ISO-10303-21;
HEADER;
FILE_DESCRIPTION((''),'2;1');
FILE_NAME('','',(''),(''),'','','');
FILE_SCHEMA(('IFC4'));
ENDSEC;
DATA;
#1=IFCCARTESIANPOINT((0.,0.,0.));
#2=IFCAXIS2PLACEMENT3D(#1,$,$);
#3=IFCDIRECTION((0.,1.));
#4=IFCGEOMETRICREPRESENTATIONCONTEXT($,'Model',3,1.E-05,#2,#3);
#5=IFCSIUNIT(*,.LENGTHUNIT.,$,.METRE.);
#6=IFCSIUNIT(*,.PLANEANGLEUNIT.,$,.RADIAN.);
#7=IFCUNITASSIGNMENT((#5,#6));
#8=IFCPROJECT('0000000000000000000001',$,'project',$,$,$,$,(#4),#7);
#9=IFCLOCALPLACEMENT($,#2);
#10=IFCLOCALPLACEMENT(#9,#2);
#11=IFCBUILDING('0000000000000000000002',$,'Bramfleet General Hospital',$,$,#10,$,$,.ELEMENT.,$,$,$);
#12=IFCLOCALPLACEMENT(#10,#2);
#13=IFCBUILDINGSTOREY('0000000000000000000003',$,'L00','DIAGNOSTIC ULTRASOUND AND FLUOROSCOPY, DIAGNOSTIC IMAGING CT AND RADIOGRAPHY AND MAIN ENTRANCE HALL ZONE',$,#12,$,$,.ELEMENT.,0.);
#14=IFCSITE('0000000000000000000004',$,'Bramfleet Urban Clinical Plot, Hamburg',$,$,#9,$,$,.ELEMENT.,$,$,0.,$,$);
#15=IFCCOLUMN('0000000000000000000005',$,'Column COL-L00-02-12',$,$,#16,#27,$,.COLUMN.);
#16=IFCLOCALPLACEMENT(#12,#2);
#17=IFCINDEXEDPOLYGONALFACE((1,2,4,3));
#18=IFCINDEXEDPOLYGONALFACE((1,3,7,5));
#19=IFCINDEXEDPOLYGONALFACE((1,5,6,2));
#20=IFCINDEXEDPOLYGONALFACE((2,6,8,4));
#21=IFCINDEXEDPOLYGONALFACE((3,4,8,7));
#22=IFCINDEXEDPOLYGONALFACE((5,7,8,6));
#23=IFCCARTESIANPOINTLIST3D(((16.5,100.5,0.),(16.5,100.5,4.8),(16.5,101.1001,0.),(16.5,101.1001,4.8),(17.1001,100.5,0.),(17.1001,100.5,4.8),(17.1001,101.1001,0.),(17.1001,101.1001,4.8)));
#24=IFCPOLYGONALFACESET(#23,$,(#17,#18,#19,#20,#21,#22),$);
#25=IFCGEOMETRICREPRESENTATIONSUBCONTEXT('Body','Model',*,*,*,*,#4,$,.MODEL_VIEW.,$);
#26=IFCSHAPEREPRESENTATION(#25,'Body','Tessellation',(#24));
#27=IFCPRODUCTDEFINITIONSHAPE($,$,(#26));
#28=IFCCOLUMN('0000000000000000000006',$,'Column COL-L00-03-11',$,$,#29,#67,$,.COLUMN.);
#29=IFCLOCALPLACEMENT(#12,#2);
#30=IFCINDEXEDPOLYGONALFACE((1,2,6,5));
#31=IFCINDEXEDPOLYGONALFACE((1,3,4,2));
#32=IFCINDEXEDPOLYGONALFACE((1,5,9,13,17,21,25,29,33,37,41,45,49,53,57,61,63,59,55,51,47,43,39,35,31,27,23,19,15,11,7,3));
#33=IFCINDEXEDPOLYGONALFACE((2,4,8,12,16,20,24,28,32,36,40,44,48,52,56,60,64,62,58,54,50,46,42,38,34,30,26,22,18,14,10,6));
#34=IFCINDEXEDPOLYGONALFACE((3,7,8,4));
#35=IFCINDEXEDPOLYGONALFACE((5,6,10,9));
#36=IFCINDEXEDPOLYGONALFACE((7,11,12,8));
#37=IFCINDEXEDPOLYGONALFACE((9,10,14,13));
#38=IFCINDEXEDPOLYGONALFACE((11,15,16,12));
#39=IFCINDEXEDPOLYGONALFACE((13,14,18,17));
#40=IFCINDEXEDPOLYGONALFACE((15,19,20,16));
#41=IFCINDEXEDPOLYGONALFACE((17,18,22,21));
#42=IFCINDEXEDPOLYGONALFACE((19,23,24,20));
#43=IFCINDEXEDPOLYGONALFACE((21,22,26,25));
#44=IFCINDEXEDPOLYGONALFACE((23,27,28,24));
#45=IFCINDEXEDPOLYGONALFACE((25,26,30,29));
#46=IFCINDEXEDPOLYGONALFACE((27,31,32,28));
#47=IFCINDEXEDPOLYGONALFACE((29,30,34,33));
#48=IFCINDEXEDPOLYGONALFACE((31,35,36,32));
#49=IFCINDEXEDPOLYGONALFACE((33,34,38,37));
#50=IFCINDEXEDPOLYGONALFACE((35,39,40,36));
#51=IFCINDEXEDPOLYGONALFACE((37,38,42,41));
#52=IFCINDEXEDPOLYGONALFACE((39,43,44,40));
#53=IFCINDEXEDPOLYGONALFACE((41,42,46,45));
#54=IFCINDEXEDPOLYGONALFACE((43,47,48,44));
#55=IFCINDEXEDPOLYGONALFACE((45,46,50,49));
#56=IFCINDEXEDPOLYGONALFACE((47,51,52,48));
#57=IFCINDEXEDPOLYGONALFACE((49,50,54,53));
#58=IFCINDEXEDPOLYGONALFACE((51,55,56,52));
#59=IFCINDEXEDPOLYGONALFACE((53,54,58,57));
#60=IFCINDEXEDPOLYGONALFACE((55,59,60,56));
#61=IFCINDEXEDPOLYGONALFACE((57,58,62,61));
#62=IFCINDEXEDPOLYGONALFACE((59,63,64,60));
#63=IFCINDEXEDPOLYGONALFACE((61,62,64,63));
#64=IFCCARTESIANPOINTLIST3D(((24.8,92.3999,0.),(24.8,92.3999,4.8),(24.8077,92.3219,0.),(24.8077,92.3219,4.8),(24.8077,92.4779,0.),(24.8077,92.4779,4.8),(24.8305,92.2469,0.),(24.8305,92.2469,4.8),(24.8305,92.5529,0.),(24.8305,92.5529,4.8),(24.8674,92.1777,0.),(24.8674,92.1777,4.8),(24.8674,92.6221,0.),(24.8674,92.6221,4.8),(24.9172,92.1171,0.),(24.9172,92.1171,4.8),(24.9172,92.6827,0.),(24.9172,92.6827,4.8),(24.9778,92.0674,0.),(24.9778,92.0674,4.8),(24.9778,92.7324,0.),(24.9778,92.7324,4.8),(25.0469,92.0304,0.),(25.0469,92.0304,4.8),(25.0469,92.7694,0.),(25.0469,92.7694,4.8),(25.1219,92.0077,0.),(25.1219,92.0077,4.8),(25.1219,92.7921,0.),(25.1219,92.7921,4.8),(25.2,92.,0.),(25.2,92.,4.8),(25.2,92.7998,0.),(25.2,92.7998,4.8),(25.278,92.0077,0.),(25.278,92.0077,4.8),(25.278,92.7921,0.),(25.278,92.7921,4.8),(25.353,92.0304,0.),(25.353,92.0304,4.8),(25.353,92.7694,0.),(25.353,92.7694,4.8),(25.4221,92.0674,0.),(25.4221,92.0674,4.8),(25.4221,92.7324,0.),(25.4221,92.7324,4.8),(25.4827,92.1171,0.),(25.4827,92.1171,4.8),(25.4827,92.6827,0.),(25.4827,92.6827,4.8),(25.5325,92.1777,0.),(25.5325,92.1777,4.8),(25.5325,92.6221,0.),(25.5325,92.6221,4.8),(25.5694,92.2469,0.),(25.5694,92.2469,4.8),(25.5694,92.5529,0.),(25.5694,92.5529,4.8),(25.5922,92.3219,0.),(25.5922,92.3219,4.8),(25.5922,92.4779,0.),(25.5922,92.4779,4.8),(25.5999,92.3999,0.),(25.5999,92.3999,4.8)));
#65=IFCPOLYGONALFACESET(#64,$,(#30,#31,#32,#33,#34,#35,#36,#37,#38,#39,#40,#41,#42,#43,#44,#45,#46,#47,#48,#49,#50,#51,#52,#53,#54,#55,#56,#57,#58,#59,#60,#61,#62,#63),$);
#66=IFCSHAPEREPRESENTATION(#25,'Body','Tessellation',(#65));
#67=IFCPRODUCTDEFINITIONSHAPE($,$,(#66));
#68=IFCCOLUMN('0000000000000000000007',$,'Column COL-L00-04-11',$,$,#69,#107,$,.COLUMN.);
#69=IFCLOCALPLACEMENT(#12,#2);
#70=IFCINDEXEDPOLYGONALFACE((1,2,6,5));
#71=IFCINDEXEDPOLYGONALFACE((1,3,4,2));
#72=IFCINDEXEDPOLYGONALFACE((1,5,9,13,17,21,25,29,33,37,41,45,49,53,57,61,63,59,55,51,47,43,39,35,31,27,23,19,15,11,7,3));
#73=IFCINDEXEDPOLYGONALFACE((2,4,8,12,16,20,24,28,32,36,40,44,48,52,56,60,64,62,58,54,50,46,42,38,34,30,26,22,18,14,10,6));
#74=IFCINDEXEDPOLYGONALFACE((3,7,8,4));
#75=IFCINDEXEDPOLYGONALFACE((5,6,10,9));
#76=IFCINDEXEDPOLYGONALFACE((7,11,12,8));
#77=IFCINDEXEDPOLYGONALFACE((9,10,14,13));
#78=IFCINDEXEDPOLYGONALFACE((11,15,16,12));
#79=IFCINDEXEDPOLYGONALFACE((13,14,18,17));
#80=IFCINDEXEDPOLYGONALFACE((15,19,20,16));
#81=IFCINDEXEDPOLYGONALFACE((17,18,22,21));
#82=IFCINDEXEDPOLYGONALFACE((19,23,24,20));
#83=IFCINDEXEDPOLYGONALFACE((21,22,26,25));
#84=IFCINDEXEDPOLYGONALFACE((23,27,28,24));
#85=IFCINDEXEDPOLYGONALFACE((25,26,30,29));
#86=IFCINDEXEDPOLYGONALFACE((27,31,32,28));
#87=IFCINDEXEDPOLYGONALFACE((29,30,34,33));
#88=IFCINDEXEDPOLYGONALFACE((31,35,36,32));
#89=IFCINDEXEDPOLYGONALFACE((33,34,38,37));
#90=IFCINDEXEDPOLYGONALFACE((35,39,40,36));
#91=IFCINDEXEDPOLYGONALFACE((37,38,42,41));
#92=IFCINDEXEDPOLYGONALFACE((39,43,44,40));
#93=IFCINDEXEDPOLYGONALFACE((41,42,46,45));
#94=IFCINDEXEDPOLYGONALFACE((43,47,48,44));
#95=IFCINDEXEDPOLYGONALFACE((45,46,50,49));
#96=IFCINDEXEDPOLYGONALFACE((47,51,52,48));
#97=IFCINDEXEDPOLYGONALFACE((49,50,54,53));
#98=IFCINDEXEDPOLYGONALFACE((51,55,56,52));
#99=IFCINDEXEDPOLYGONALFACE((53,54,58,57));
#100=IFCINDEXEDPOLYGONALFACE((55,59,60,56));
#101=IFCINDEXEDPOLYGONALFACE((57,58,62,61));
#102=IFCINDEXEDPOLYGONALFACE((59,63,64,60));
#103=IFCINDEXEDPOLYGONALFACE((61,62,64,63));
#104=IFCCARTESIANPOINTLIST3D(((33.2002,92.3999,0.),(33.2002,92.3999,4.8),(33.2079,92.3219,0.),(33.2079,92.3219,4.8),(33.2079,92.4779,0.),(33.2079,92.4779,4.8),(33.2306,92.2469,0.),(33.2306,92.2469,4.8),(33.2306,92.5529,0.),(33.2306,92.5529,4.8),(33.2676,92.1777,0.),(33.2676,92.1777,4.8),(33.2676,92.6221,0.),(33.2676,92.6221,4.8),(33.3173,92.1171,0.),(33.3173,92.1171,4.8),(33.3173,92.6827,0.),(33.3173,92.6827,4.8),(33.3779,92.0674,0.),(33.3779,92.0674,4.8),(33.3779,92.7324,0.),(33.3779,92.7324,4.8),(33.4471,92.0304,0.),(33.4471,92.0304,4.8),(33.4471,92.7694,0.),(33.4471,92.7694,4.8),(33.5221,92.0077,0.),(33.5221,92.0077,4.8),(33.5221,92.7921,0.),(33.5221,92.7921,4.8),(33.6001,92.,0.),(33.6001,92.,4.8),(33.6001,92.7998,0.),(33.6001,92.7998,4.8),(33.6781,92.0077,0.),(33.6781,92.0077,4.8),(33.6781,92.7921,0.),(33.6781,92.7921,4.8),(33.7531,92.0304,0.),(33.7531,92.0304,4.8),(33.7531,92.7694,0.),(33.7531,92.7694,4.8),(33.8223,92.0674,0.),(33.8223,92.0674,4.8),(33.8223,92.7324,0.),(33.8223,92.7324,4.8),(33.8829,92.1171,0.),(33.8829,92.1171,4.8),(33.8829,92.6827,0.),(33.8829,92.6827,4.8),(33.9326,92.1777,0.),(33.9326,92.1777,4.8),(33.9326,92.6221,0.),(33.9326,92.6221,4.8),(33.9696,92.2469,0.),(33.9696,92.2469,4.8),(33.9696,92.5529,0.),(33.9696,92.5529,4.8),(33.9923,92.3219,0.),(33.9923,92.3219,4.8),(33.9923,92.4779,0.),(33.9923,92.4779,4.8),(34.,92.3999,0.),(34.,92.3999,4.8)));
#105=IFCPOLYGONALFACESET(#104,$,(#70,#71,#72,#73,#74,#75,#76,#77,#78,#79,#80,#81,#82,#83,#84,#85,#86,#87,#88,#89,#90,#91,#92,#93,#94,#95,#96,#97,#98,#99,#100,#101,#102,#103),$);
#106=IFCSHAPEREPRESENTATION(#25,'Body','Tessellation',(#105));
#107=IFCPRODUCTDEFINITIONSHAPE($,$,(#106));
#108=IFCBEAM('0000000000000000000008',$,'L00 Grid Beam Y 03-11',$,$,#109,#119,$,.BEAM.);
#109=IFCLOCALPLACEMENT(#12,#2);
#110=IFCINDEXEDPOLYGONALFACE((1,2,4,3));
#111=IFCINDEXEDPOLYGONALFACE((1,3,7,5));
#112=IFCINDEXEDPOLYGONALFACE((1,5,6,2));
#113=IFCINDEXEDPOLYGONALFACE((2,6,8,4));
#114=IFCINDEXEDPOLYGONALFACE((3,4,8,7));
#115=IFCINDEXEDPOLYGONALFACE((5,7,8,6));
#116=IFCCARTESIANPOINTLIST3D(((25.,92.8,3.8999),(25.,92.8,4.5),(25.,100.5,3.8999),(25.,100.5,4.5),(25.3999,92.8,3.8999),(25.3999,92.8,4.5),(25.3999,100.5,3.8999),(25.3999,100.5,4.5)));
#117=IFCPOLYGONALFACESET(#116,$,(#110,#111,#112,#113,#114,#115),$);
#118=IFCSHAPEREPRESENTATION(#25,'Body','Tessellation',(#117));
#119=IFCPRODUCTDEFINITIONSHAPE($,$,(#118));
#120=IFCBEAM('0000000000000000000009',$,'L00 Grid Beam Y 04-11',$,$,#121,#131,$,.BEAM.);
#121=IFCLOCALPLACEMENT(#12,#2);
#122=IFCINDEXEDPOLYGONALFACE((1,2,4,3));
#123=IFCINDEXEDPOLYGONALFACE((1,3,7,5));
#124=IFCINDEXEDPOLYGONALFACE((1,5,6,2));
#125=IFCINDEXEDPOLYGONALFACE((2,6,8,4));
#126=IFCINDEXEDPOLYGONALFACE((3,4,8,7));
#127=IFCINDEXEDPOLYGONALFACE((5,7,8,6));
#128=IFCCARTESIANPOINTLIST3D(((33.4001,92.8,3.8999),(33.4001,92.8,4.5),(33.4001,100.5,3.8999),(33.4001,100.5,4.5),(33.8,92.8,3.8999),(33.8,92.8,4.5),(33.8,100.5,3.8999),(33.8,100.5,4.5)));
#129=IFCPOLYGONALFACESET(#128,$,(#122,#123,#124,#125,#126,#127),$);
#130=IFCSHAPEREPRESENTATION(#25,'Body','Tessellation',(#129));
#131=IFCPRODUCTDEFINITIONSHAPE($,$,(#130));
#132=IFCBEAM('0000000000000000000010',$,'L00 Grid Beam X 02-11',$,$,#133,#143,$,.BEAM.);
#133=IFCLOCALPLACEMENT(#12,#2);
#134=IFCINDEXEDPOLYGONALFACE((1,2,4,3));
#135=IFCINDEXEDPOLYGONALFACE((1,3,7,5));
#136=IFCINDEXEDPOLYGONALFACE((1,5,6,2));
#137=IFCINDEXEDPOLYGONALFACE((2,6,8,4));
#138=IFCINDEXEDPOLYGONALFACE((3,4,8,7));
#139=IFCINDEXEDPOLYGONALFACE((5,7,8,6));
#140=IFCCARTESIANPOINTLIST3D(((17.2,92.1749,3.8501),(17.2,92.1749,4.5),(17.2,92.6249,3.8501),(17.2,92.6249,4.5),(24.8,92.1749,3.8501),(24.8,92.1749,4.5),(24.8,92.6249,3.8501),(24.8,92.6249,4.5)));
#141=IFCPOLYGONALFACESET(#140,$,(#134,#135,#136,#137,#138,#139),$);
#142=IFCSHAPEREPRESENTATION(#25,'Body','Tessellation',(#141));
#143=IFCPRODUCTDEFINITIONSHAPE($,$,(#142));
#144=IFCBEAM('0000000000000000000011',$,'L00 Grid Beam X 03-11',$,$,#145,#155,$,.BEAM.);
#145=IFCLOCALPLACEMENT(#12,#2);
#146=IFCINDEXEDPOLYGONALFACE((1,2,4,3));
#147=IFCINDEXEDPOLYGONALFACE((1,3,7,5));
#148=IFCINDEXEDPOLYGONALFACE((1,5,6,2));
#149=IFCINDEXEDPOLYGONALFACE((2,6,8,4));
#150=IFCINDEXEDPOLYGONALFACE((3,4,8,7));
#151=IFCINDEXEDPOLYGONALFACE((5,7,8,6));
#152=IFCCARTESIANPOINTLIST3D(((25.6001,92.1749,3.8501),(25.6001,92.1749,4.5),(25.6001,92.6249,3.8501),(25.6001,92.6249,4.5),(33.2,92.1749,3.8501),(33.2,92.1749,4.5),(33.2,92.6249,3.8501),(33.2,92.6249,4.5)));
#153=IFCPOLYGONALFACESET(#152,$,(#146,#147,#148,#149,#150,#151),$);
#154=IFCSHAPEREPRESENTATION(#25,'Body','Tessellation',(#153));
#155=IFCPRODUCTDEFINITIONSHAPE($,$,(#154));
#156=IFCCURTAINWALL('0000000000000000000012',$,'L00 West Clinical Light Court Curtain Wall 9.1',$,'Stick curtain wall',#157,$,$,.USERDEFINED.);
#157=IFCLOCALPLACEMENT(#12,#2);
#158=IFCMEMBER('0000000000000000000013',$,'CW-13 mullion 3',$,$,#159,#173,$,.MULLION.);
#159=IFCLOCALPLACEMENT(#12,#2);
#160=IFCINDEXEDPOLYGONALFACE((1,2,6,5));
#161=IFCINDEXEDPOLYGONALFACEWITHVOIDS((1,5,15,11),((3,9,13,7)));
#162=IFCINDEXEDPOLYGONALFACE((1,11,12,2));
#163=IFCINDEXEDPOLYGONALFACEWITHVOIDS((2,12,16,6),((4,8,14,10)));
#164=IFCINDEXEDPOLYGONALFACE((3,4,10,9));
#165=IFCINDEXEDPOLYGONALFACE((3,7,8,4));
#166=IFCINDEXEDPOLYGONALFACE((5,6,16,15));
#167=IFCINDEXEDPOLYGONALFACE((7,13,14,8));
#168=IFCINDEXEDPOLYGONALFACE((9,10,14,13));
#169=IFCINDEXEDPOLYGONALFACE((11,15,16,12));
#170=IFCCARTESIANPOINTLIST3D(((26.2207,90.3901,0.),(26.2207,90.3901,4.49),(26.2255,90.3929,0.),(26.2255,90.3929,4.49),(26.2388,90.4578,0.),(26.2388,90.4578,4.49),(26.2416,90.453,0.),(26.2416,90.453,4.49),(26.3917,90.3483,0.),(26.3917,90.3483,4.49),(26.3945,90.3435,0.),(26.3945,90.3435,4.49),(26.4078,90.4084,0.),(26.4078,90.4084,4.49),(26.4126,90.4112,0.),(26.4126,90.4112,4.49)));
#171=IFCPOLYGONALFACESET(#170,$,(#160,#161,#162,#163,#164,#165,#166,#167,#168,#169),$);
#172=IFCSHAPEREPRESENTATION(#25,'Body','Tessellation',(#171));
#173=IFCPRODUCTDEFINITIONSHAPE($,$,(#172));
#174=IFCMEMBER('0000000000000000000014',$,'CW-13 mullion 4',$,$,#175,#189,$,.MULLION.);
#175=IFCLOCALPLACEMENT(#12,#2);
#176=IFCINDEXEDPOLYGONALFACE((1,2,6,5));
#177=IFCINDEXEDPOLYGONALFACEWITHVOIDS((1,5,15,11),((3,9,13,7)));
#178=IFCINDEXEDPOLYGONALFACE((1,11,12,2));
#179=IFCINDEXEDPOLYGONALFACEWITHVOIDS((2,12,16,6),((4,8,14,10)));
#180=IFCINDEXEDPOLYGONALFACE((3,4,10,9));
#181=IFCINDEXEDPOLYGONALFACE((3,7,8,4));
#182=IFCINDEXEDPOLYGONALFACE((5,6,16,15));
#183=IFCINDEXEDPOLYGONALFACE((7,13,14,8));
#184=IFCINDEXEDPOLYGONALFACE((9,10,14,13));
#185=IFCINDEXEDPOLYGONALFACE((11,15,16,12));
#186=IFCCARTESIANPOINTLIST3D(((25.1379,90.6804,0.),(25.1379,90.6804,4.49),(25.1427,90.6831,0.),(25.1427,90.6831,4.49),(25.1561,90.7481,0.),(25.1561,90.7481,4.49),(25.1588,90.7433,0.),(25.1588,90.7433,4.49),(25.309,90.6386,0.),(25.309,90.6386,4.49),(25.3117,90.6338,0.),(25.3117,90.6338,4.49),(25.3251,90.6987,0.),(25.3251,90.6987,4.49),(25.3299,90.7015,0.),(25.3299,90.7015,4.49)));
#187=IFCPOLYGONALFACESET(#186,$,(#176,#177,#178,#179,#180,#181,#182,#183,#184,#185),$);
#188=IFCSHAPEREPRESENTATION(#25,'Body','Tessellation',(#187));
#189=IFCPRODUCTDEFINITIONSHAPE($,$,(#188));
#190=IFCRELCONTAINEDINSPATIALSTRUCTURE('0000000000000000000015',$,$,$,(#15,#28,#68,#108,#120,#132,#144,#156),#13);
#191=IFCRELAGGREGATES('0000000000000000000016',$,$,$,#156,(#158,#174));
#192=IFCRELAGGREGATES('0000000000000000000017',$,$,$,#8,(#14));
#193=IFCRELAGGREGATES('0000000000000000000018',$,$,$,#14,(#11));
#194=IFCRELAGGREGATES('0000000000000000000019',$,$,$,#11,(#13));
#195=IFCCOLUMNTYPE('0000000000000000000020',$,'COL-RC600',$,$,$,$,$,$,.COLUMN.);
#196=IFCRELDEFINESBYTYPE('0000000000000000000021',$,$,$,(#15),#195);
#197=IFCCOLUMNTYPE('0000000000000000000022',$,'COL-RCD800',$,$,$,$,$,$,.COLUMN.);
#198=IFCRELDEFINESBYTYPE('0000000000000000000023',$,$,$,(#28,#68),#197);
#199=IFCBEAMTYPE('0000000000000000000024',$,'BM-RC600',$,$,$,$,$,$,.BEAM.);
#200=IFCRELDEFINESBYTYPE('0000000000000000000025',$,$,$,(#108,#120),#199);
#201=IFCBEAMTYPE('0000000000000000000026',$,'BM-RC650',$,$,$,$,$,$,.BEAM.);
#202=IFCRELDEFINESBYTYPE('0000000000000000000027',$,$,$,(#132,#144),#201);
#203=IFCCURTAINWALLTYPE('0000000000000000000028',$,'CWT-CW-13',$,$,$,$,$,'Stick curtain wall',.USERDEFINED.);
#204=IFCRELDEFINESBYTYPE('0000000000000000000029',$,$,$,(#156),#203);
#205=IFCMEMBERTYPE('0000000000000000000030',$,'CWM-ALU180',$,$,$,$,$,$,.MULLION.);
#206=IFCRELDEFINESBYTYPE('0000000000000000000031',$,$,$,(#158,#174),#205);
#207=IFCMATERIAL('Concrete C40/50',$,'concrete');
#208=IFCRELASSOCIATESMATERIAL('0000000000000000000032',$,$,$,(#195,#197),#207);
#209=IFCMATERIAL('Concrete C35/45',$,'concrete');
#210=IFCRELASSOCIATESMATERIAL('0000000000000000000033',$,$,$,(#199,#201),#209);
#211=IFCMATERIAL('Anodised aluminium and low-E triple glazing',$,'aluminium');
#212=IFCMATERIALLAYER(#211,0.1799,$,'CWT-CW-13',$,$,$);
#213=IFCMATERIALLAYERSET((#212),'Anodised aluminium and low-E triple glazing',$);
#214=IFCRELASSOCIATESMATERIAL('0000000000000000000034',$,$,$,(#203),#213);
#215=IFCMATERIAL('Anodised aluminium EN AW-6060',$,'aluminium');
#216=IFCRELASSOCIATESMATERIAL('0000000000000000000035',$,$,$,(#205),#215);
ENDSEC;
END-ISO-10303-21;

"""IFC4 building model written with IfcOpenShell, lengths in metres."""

from ifc_helpers import new_model, si_unit, direction, frame, origin, origin_2d, place, context, subcontext, project, spatial, rectangle, hollow_rectangle, circle, extrude, material, layer, layer_set, material_profile, profile_set, type_object, element, aggregate, save


model = new_model("IFC4")

# Units and contexts
model_context = context("Model", 3, precision=1e-05, world=origin(), true_north=direction((0.0, 1.0)))
body_context = subcontext(model_context, "Body", "Model", "MODEL_VIEW")
ifc_project = project(units=[si_unit("LENGTHUNIT", "METRE"), si_unit("PLANEANGLEUNIT", "RADIAN")], contexts=[model_context])

# Site, building, storey
site_placement = place(None, origin())
site = spatial("IfcSite", under=ifc_project, at=site_placement, Name="Bramfleet Urban Clinical Plot, Hamburg", CompositionType="ELEMENT", RefElevation=0.0)
building_placement = place(site_placement, origin())
building = spatial("IfcBuilding", under=site, at=building_placement, Name="Bramfleet General Hospital", CompositionType="ELEMENT")
storey_placement = place(building_placement, origin())
storey = spatial("IfcBuildingStorey", under=building, at=storey_placement, Name="L00", Description="DIAGNOSTIC ULTRASOUND AND FLUOROSCOPY, DIAGNOSTIC IMAGING CT AND RADIOGRAPHY AND MAIN ENTRANCE HALL ZONE", CompositionType="ELEMENT", Elevation=0.0)

# Columns
ifc_material_1 = material(Name="Concrete C40/50", Category="concrete")
ifc_material_profile_1 = material_profile(ifc_material_1, rectangle(XDim=0.6001, YDim=0.6001, at=origin_2d()), Name="RC COL 600x600")
ifc_profile_set_1 = profile_set([ifc_material_profile_1], Name="Concrete C40/50")
column_type_1 = type_object("IfcColumnType", Name="COL-RC600", PredefinedType="COLUMN", material=ifc_profile_set_1)
column_placement = place(storey_placement, frame((16.8, 100.8, 0.0), z_axis=(0.0, 0.0, 1.0), x_axis=(1.0, 0.0, 0.0)))
element("IfcColumn", 1, at=column_placement, inside=storey, type_object=column_type_1, Name="Column COL-L00-02-12", PredefinedType="COLUMN", context=body_context, shape_type="SweptSolid", body=[
    extrude(rectangle(XDim=0.6001, YDim=0.6001, at=origin_2d()), origin(), (0.0, 0.0, 1.0), 4.8),
])
ifc_material_profile_2 = material_profile(ifc_material_1, circle(Radius=0.3999, at=origin_2d()), Name="RC ROUND D800")
ifc_profile_set_2 = profile_set([ifc_material_profile_2], Name="Concrete C40/50")
column_type_2 = type_object("IfcColumnType", Name="COL-RCD800", PredefinedType="COLUMN", material=ifc_profile_set_2)
for number, where, z_axis, x_axis, name in (
    (2, (25.2, 92.3999, 0.0), (0.0, 0.0, 1.0), (1.0, 0.0, 0.0), "Column COL-L00-03-11"),
    (3, (33.6001, 92.3999, 0.0), (0.0, 0.0, 1.0), (1.0, 0.0, 0.0), "Column COL-L00-04-11"),
):
    element("IfcColumn", number, at=place(storey_placement, frame(where, z_axis=z_axis, x_axis=x_axis)), inside=storey, type_object=column_type_2, Name=name, PredefinedType="COLUMN", context=body_context, shape_type="SweptSolid", body=[
        extrude(circle(Radius=0.3999, at=origin_2d()), origin(), (0.0, 0.0, 1.0), 4.8),
    ])

# Beams
ifc_material_2 = material(Name="Concrete C35/45", Category="concrete")
ifc_material_profile_3 = material_profile(ifc_material_2, rectangle(XDim=0.3999, YDim=0.6001, at=origin_2d()), Name="RC BM 600x400")
ifc_profile_set_3 = profile_set([ifc_material_profile_3], Name="Concrete C35/45")
beam_type_1 = type_object("IfcBeamType", Name="BM-RC600", PredefinedType="BEAM", material=ifc_profile_set_3)
for number, where, z_axis, x_axis, name in (
    (4, (25.2, 92.8, 4.2), (0.0, 1.0, 0.0), (-1.0, 0.0, 0.0), "L00 Grid Beam Y 03-11"),
    (5, (33.6001, 92.8, 4.2), (0.0, 1.0, 0.0), (-1.0, 0.0, 0.0), "L00 Grid Beam Y 04-11"),
):
    element("IfcBeam", number, at=place(storey_placement, frame(where, z_axis=z_axis, x_axis=x_axis)), inside=storey, type_object=beam_type_1, Name=name, PredefinedType="BEAM", context=body_context, shape_type="SweptSolid", body=[
        extrude(rectangle(XDim=0.3999, YDim=0.6001, at=origin_2d()), origin(), (0.0, 0.0, 1.0), 7.7),
    ])
ifc_material_profile_4 = material_profile(ifc_material_2, rectangle(XDim=0.45, YDim=0.6499, at=origin_2d()), Name="RC BM 650x450")
ifc_profile_set_4 = profile_set([ifc_material_profile_4], Name="Concrete C35/45")
beam_type_2 = type_object("IfcBeamType", Name="BM-RC650", PredefinedType="BEAM", material=ifc_profile_set_4)
beam_1_placement = place(storey_placement, frame((17.2, 92.3999, 4.175), z_axis=(1.0, 0.0, 0.0), x_axis=(0.0, 1.0, 0.0)))
element("IfcBeam", 6, at=beam_1_placement, inside=storey, type_object=beam_type_2, Name="L00 Grid Beam X 02-11", PredefinedType="BEAM", context=body_context, shape_type="SweptSolid", body=[
    extrude(rectangle(XDim=0.45, YDim=0.6499, at=origin_2d()), origin(), (0.0, 0.0, 1.0), 7.6001),
])
beam_2_placement = place(storey_placement, frame((25.6001, 92.3999, 4.175), z_axis=(1.0, 0.0, 0.0), x_axis=(0.0, 1.0, 0.0)))
element("IfcBeam", 7, at=beam_2_placement, inside=storey, type_object=beam_type_2, Name="L00 Grid Beam X 03-11", PredefinedType="BEAM", context=body_context, shape_type="SweptSolid", body=[
    extrude(rectangle(XDim=0.45, YDim=0.6499, at=origin_2d()), origin(), (0.0, 0.0, 1.0), 7.5999),
])

# Curtain wall, members
ifc_material_3 = material(Name="Anodised aluminium and low-E triple glazing", Category="aluminium")
ifc_layer_1 = layer(ifc_material_3, 0.1799, Name="CWT-CW-13")
ifc_layer_set_1 = layer_set([ifc_layer_1], Name="Anodised aluminium and low-E triple glazing")
curtain_wall_type_1 = type_object("IfcCurtainWallType", Name="CWT-CW-13", ElementType="Stick curtain wall", PredefinedType="USERDEFINED", material=ifc_layer_set_1)
curtain_wall_1_placement = place(storey_placement, origin())
curtain_wall_1 = element("IfcCurtainWall", 8, at=curtain_wall_1_placement, inside=storey, type_object=curtain_wall_type_1, Name="L00 West Clinical Light Court Curtain Wall 9.1", ObjectType="Stick curtain wall", PredefinedType="USERDEFINED")
ifc_material_4 = material(Name="Anodised aluminium EN AW-6060", Category="aluminium")
ifc_material_profile_5 = material_profile(ifc_material_4, hollow_rectangle(XDim=0.0701, YDim=0.1799, WallThickness=0.0039, at=origin_2d()), Name="ALU 180x70x4.0")
ifc_profile_set_5 = profile_set([ifc_material_profile_5], Name="Anodised aluminium EN AW-6060")
member_type_1 = type_object("IfcMemberType", Name="CWM-ALU180", PredefinedType="MULLION", material=ifc_profile_set_5)
member_1_placement = place(storey_placement, frame((26.3167, 90.4006, 0.0), z_axis=(0.0, 0.0, 1.0), x_axis=(-0.258919, -0.965899, 0.0)))
member_1 = element("IfcMember", 9, at=member_1_placement, type_object=member_type_1, Name="CW-13 mullion 3", PredefinedType="MULLION", context=body_context, shape_type="SweptSolid", body=[
    extrude(hollow_rectangle(XDim=0.0701, YDim=0.1799, WallThickness=0.0039, at=origin_2d()), origin(), (0.0, 0.0, 1.0), 4.49),
])
member_2_placement = place(storey_placement, frame((25.2339, 90.6909, 0.0), z_axis=(0.0, 0.0, 1.0), x_axis=(-0.258919, -0.965899, 0.0)))
member_2 = element("IfcMember", 10, at=member_2_placement, type_object=member_type_1, Name="CW-13 mullion 4", PredefinedType="MULLION", context=body_context, shape_type="SweptSolid", body=[
    extrude(hollow_rectangle(XDim=0.0701, YDim=0.1799, WallThickness=0.0039, at=origin_2d()), origin(), (0.0, 0.0, 1.0), 4.49),
])

aggregate(curtain_wall_1, [member_1, member_2])

save(model, "model.ifc")
